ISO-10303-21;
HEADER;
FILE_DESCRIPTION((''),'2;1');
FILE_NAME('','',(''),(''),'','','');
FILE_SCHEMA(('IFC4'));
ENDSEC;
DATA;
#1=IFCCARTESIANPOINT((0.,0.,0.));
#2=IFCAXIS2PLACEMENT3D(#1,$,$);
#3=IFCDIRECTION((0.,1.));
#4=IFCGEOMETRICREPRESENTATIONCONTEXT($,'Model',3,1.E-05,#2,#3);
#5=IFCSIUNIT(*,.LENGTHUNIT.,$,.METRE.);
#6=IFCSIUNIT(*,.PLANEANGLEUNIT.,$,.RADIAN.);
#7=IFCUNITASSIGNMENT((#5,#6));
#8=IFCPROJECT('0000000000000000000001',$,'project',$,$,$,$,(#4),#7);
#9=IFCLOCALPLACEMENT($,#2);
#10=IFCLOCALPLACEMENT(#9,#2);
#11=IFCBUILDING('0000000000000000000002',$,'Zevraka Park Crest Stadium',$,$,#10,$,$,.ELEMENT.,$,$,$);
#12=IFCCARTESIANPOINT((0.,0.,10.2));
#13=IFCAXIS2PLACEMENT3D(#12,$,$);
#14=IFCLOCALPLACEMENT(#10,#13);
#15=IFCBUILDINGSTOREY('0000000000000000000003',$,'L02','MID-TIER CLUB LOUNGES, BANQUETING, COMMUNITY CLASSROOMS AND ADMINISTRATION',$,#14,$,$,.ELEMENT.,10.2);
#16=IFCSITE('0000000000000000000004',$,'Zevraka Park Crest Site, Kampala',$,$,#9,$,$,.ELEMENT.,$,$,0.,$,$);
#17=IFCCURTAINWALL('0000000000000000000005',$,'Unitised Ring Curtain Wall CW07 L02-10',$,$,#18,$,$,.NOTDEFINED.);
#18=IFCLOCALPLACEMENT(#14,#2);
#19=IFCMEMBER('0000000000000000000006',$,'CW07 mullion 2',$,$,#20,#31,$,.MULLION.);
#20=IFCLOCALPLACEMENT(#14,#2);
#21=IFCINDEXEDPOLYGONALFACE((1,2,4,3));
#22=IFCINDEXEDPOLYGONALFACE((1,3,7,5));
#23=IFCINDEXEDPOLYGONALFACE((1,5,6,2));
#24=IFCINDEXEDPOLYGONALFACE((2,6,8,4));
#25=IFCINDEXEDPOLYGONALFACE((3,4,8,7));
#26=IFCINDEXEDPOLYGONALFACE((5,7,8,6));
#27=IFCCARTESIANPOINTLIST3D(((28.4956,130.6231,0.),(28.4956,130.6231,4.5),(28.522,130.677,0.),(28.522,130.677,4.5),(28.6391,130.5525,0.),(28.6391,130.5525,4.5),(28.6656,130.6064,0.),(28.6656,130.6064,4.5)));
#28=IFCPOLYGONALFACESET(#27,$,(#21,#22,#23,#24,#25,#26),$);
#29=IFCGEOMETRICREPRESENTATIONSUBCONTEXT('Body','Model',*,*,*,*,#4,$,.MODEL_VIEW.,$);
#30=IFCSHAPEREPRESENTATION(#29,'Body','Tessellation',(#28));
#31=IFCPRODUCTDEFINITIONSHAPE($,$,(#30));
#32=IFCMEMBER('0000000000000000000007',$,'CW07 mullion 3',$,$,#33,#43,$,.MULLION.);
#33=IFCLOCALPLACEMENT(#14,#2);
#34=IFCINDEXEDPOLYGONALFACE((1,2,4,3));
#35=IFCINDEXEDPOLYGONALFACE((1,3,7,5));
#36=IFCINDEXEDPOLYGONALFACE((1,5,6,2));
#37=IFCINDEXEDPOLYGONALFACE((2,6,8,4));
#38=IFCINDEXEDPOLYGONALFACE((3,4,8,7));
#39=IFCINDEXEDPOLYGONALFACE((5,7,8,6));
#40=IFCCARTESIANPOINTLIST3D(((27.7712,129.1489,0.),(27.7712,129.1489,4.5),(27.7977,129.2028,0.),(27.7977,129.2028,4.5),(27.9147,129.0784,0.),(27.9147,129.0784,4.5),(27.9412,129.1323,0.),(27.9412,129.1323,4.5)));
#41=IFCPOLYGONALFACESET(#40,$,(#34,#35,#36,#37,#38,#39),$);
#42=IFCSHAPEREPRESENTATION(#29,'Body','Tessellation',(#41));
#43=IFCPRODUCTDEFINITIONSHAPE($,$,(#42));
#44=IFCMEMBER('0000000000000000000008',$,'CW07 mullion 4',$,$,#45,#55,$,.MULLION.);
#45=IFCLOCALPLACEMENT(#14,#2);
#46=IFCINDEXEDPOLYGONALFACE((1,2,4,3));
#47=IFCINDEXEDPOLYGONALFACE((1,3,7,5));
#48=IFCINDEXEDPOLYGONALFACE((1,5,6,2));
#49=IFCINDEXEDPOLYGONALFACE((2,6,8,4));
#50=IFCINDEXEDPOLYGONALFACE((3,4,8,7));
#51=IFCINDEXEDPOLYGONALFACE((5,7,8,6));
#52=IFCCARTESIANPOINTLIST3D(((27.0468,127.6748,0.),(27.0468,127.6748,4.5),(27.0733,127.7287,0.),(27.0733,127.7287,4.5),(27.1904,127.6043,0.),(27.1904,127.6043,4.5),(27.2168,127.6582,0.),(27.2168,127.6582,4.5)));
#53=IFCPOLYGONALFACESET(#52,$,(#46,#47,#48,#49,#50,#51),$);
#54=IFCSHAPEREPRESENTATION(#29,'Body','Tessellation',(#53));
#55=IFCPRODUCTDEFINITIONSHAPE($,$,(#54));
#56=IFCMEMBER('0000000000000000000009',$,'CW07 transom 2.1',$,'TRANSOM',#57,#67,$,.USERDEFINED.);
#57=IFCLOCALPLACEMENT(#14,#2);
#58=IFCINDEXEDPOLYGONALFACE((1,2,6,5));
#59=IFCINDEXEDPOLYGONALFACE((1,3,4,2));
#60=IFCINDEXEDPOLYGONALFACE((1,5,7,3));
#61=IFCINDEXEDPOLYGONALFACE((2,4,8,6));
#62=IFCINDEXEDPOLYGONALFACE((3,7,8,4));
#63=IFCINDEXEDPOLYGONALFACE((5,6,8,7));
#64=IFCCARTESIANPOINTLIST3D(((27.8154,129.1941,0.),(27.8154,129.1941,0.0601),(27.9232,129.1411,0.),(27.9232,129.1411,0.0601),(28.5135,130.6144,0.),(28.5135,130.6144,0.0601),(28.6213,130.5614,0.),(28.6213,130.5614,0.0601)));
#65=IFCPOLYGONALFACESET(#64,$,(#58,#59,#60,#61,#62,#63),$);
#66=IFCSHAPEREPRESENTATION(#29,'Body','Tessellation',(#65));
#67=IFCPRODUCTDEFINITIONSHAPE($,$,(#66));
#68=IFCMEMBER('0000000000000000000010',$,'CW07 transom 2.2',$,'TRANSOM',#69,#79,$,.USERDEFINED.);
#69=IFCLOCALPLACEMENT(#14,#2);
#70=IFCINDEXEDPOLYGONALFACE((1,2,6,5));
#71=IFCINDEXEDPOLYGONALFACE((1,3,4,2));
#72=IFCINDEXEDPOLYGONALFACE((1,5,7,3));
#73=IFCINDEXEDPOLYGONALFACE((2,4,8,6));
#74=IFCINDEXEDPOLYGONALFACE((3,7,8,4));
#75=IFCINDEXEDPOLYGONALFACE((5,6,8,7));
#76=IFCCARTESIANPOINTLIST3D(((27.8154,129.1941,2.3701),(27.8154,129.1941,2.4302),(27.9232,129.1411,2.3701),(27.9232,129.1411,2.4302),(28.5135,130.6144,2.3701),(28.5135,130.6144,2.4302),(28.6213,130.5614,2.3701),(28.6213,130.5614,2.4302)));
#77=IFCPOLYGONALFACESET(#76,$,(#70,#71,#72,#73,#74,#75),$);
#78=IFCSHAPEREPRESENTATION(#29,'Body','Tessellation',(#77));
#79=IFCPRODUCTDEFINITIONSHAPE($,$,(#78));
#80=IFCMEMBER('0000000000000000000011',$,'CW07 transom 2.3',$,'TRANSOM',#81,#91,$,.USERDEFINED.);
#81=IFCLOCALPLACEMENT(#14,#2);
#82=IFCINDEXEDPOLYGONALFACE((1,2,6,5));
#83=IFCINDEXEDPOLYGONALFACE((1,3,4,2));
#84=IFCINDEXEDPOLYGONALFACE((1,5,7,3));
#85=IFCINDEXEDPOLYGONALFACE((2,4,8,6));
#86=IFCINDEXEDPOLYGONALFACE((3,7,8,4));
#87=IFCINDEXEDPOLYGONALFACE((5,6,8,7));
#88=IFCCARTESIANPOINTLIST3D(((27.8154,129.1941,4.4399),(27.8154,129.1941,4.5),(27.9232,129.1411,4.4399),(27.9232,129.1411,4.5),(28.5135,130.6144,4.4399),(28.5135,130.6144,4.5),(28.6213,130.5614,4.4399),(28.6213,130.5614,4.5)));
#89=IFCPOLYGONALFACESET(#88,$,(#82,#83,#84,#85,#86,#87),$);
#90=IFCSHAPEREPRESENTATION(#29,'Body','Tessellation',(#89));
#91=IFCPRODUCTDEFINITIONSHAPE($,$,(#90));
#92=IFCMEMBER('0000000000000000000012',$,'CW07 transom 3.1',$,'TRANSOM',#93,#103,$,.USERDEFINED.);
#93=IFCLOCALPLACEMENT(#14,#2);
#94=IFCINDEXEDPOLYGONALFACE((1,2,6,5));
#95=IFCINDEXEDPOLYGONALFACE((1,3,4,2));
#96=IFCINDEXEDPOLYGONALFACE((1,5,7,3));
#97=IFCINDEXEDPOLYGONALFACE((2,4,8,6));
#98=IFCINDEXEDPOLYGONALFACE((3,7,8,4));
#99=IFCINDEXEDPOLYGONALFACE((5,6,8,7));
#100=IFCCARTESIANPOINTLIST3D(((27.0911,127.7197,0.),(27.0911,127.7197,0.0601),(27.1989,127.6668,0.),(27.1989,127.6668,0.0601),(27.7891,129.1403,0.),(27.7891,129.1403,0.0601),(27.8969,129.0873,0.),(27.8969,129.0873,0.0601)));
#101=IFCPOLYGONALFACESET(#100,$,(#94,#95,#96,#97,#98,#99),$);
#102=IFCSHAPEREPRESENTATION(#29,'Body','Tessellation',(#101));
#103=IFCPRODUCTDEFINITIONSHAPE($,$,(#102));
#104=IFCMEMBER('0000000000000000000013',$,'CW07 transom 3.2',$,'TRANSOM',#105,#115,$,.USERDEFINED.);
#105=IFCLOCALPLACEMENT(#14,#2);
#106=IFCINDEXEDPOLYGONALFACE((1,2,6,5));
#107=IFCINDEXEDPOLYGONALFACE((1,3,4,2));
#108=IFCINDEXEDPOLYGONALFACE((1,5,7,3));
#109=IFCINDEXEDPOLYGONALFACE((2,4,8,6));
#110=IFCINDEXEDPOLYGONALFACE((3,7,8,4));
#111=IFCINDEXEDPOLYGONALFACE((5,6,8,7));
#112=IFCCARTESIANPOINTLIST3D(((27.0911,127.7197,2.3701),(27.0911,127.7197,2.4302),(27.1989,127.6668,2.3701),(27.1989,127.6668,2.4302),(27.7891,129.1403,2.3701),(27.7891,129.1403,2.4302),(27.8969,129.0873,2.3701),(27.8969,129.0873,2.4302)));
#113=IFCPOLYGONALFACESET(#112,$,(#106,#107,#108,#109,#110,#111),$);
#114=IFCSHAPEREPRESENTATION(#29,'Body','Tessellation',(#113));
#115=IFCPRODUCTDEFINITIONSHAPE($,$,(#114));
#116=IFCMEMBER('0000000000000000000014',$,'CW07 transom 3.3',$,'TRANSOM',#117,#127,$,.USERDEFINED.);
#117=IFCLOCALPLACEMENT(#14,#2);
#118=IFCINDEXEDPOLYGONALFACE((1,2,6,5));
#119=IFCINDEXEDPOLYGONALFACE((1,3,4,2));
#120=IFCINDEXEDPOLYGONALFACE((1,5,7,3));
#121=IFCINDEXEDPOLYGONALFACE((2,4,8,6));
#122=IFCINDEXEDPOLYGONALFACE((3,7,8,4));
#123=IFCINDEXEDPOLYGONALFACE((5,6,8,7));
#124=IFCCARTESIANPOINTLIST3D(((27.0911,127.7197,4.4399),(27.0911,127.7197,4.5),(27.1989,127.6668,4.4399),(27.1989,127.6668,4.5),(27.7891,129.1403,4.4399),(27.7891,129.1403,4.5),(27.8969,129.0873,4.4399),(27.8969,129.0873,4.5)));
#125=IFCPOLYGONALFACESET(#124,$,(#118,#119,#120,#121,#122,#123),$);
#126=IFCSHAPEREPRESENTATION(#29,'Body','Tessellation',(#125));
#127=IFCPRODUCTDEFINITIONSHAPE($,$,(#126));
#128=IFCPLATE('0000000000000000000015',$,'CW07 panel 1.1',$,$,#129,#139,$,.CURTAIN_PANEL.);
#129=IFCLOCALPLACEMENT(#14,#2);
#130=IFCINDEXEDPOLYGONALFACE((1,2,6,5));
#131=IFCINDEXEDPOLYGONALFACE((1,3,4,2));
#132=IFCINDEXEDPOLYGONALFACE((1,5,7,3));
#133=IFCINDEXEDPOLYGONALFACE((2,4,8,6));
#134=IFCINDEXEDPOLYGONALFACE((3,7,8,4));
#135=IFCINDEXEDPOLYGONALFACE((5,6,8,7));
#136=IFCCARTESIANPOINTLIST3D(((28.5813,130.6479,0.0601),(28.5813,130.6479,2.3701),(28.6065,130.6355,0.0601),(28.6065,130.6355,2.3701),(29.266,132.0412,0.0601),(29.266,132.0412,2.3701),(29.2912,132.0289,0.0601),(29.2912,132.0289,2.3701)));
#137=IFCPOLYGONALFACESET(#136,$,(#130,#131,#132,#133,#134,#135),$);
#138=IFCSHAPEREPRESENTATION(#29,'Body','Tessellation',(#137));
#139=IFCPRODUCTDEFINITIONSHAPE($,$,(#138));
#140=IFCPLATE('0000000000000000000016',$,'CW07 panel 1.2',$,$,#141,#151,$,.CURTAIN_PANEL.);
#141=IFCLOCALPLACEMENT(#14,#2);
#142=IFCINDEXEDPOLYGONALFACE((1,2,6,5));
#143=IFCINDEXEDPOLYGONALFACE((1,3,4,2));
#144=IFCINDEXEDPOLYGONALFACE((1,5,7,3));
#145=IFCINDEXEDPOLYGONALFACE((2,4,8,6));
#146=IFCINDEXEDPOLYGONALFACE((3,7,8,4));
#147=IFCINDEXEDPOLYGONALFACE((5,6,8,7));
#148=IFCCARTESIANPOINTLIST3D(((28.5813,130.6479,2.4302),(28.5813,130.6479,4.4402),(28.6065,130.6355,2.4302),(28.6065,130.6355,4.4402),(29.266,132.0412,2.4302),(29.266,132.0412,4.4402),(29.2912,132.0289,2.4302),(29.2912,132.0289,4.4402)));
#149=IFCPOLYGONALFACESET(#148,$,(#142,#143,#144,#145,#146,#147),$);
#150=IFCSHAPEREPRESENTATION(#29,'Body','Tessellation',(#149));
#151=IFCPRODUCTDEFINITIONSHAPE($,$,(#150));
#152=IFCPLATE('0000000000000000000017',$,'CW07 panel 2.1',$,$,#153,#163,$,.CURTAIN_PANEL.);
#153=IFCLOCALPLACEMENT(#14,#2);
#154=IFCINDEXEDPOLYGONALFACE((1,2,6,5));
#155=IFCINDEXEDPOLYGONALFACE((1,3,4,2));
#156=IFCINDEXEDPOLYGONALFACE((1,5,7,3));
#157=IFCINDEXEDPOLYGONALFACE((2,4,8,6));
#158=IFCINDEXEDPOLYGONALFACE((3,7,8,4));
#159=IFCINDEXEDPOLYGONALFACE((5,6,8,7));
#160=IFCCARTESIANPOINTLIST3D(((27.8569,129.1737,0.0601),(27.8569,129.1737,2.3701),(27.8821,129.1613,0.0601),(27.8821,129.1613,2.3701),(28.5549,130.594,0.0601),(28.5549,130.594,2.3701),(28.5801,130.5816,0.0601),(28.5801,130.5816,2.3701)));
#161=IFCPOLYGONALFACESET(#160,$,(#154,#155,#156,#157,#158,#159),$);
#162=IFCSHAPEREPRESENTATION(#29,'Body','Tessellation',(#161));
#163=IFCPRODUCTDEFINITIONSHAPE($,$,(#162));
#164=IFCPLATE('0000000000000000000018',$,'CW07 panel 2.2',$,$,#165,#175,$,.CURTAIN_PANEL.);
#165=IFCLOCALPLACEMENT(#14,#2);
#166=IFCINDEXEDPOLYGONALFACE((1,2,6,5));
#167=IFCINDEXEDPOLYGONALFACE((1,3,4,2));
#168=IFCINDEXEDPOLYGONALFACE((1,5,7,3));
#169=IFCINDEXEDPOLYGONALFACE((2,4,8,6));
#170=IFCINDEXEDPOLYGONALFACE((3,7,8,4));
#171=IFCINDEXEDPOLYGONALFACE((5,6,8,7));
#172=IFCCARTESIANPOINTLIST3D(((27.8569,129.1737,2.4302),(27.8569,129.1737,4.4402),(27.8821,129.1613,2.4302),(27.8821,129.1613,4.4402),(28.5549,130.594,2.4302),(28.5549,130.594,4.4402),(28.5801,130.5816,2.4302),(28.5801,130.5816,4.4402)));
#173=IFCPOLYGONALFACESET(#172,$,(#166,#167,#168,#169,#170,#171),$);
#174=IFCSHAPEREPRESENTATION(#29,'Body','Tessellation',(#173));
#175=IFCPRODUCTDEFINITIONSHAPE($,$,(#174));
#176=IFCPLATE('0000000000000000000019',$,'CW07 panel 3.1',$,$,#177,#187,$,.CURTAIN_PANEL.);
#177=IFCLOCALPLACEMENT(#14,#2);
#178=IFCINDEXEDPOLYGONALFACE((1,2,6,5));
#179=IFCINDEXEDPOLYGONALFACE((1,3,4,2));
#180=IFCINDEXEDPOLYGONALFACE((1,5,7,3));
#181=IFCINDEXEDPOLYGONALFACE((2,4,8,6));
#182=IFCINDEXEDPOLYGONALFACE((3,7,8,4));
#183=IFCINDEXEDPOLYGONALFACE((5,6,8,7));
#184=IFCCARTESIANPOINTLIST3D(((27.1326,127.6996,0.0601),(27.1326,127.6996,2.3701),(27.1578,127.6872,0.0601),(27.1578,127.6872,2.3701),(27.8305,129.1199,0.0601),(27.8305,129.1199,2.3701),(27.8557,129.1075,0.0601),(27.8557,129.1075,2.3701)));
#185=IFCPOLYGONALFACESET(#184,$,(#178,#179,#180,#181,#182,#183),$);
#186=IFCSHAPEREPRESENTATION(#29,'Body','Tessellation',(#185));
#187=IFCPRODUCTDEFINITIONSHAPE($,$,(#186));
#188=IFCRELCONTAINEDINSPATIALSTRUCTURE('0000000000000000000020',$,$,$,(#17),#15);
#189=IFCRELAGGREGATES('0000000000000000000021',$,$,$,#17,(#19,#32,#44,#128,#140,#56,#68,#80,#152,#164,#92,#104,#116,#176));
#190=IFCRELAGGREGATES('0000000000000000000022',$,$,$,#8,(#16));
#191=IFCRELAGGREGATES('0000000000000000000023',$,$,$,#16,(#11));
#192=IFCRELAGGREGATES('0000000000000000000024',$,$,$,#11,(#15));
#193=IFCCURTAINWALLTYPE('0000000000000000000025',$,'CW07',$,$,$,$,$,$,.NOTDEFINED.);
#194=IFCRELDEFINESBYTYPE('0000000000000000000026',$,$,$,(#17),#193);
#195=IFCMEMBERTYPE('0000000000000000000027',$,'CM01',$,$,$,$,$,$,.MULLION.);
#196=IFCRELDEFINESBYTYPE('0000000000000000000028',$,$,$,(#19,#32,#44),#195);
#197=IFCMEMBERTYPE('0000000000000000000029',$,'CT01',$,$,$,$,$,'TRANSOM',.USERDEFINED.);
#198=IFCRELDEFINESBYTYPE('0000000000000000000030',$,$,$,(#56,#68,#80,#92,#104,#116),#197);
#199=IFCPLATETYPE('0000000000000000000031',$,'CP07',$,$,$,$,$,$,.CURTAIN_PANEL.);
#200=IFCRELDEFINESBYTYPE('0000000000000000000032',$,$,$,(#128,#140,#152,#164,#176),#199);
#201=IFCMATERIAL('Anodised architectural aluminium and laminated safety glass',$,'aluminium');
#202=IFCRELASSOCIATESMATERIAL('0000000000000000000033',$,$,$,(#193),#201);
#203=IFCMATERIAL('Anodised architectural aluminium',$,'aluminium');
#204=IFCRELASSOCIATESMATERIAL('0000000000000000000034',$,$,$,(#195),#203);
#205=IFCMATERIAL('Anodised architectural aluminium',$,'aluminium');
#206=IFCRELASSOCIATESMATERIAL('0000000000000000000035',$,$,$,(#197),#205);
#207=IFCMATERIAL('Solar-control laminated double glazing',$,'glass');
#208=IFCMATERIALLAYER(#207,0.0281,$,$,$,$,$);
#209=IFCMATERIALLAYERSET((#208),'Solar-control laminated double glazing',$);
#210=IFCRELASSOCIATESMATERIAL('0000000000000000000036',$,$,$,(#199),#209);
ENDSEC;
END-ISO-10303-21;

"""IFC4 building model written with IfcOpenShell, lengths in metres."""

from ifc_helpers import new_model, si_unit, direction, frame, origin, origin_2d, place, context, subcontext, project, spatial, rectangle, extrude, material, layer, layer_set, material_profile, profile_set, type_object, element, aggregate, save


model = new_model("IFC4")

# Units and contexts
model_context = context("Model", 3, precision=1e-05, world=origin(), true_north=direction((0.0, 1.0)))
body_context = subcontext(model_context, "Body", "Model", "MODEL_VIEW")
ifc_project = project(units=[si_unit("LENGTHUNIT", "METRE"), si_unit("PLANEANGLEUNIT", "RADIAN")], contexts=[model_context])

# Site, building, storey
site_placement = place(None, origin())
site = spatial("IfcSite", under=ifc_project, at=site_placement, Name="Zevraka Park Crest Site, Kampala", CompositionType="ELEMENT", RefElevation=0.0)
building_placement = place(site_placement, origin())
building = spatial("IfcBuilding", under=site, at=building_placement, Name="Zevraka Park Crest Stadium", CompositionType="ELEMENT")
storey_placement = place(building_placement, frame((0.0, 0.0, 10.2)))
storey = spatial("IfcBuildingStorey", under=building, at=storey_placement, Name="L02", Description="MID-TIER CLUB LOUNGES, BANQUETING, COMMUNITY CLASSROOMS AND ADMINISTRATION", CompositionType="ELEMENT", Elevation=10.2)

# Curtain wall, members, plates
ifc_material_1 = material(Name="Anodised architectural aluminium and laminated safety glass", Category="aluminium")
curtain_wall_type = type_object("IfcCurtainWallType", Name="CW07", PredefinedType="NOTDEFINED", material=ifc_material_1)
curtain_wall_placement = place(storey_placement, origin())
curtain_wall = element("IfcCurtainWall", 1, at=curtain_wall_placement, inside=storey, type_object=curtain_wall_type, Name="Unitised Ring Curtain Wall CW07 L02-10", PredefinedType="NOTDEFINED")
ifc_material_2 = material(Name="Anodised architectural aluminium", Category="aluminium")
ifc_material_profile_1 = material_profile(ifc_material_2, rectangle(XDim=0.1599, YDim=0.0601, at=origin_2d()), Name="ALU MULLION 160x60")
ifc_profile_set_1 = profile_set([ifc_material_profile_1], Name="Anodised architectural aluminium")
member_type_1 = type_object("IfcMemberType", Name="CM01", PredefinedType="MULLION", material=ifc_profile_set_1)
member_1_placement = place(storey_placement, frame((28.5806, 130.6147, 0.0), z_axis=(0.0, 0.0, 1.0), x_axis=(0.897497, -0.441021, 0.0)))
member_1 = element("IfcMember", 2, at=member_1_placement, type_object=member_type_1, Name="CW07 mullion 2", PredefinedType="MULLION", context=body_context, shape_type="SweptSolid", body=[
    extrude(rectangle(XDim=0.1599, YDim=0.0601, at=origin_2d()), origin(), (0.0, 0.0, 1.0), 4.5),
])
member_2_placement = place(storey_placement, frame((27.8562, 129.1406, 0.0), z_axis=(0.0, 0.0, 1.0), x_axis=(0.897497, -0.441021, 0.0)))
member_2 = element("IfcMember", 3, at=member_2_placement, type_object=member_type_1, Name="CW07 mullion 3", PredefinedType="MULLION", context=body_context, shape_type="SweptSolid", body=[
    extrude(rectangle(XDim=0.1599, YDim=0.0601, at=origin_2d()), origin(), (0.0, 0.0, 1.0), 4.5),
])
member_3_placement = place(storey_placement, frame((27.1318, 127.6665, 0.0), z_axis=(0.0, 0.0, 1.0), x_axis=(0.897497, -0.441021, 0.0)))
member_3 = element("IfcMember", 4, at=member_3_placement, type_object=member_type_1, Name="CW07 mullion 4", PredefinedType="MULLION", context=body_context, shape_type="SweptSolid", body=[
    extrude(rectangle(XDim=0.1599, YDim=0.0601, at=origin_2d()), origin(), (0.0, 0.0, 1.0), 4.5),
])
ifc_material_3 = material(Name="Anodised architectural aluminium", Category="aluminium")
ifc_material_profile_2 = material_profile(ifc_material_3, rectangle(XDim=0.1201, YDim=0.0601, at=origin_2d()), Name="ALU TRANSOM 120x60")
ifc_profile_set_2 = profile_set([ifc_material_profile_2], Name="Anodised architectural aluminium")
member_type_2 = type_object("IfcMemberType", Name="CT01", ElementType="TRANSOM", PredefinedType="USERDEFINED", material=ifc_profile_set_2)
member_4_placement = place(storey_placement, frame((28.5674, 130.5879, 0.03), z_axis=(-0.441094, -0.897461, 0.0), x_axis=(0.897461, -0.441094, 0.0)))
member_4 = element("IfcMember", 5, at=member_4_placement, type_object=member_type_2, Name="CW07 transom 2.1", ObjectType="TRANSOM", PredefinedType="USERDEFINED", context=body_context, shape_type="SweptSolid", body=[
    extrude(rectangle(XDim=0.1201, YDim=0.0601, at=origin_2d()), origin(), (0.0, 0.0, 1.0), 1.5825),
])
member_5_placement = place(storey_placement, frame((28.5674, 130.5879, 2.4001), z_axis=(-0.441094, -0.897461, 0.0), x_axis=(0.897461, -0.441094, 0.0)))
member_5 = element("IfcMember", 6, at=member_5_placement, type_object=member_type_2, Name="CW07 transom 2.2", ObjectType="TRANSOM", PredefinedType="USERDEFINED", context=body_context, shape_type="SweptSolid", body=[
    extrude(rectangle(XDim=0.1201, YDim=0.0601, at=origin_2d()), origin(), (0.0, 0.0, 1.0), 1.5825),
])
member_6_placement = place(storey_placement, frame((28.5674, 130.5879, 4.47), z_axis=(-0.441094, -0.897461, 0.0), x_axis=(0.897461, -0.441094, 0.0)))
member_6 = element("IfcMember", 7, at=member_6_placement, type_object=member_type_2, Name="CW07 transom 2.3", ObjectType="TRANSOM", PredefinedType="USERDEFINED", context=body_context, shape_type="SweptSolid", body=[
    extrude(rectangle(XDim=0.1201, YDim=0.0601, at=origin_2d()), origin(), (0.0, 0.0, 1.0), 1.5825),
])
member_7_placement = place(storey_placement, frame((27.843, 129.1138, 0.03), z_axis=(-0.441033, -0.897491, 0.0), x_axis=(0.897491, -0.441033, 0.0)))
member_7 = element("IfcMember", 8, at=member_7_placement, type_object=member_type_2, Name="CW07 transom 3.1", ObjectType="TRANSOM", PredefinedType="USERDEFINED", context=body_context, shape_type="SweptSolid", body=[
    extrude(rectangle(XDim=0.1201, YDim=0.0601, at=origin_2d()), origin(), (0.0, 0.0, 1.0), 1.5828),
])
member_8_placement = place(storey_placement, frame((27.843, 129.1138, 2.4001), z_axis=(-0.441033, -0.897491, 0.0), x_axis=(0.897491, -0.441033, 0.0)))
member_8 = element("IfcMember", 9, at=member_8_placement, type_object=member_type_2, Name="CW07 transom 3.2", ObjectType="TRANSOM", PredefinedType="USERDEFINED", context=body_context, shape_type="SweptSolid", body=[
    extrude(rectangle(XDim=0.1201, YDim=0.0601, at=origin_2d()), origin(), (0.0, 0.0, 1.0), 1.5828),
])
member_9_placement = place(storey_placement, frame((27.843, 129.1138, 4.47), z_axis=(-0.441033, -0.897491, 0.0), x_axis=(0.897491, -0.441033, 0.0)))
member_9 = element("IfcMember", 10, at=member_9_placement, type_object=member_type_2, Name="CW07 transom 3.3", ObjectType="TRANSOM", PredefinedType="USERDEFINED", context=body_context, shape_type="SweptSolid", body=[
    extrude(rectangle(XDim=0.1201, YDim=0.0601, at=origin_2d()), origin(), (0.0, 0.0, 1.0), 1.5828),
])
ifc_material_4 = material(Name="Solar-control laminated double glazing", Category="glass")
ifc_layer_1 = layer(ifc_material_4, 0.0281)
ifc_layer_set_1 = layer_set([ifc_layer_1], Name="Solar-control laminated double glazing")
plate_type = type_object("IfcPlateType", Name="CP07", PredefinedType="CURTAIN_PANEL", material=ifc_layer_set_1)
plate_1_placement = place(storey_placement, frame((28.9363, 131.3384, 0.0601), z_axis=(0.0, 0.0, 1.0), x_axis=(-0.441021, -0.897497, 0.0)))
plate_1 = element("IfcPlate", 11, at=plate_1_placement, type_object=plate_type, Name="CW07 panel 1.1", PredefinedType="CURTAIN_PANEL", context=body_context, shape_type="SweptSolid", body=[
    extrude(rectangle(XDim=1.5525, YDim=0.0281, at=origin_2d()), origin(), (0.0, 0.0, 1.0), 2.3101),
])
plate_2_placement = place(storey_placement, frame((28.9363, 131.3384, 2.4302), z_axis=(0.0, 0.0, 1.0), x_axis=(-0.441021, -0.897497, 0.0)))
plate_2 = element("IfcPlate", 12, at=plate_2_placement, type_object=plate_type, Name="CW07 panel 1.2", PredefinedType="CURTAIN_PANEL", context=body_context, shape_type="SweptSolid", body=[
    extrude(rectangle(XDim=1.5525, YDim=0.0281, at=origin_2d()), origin(), (0.0, 0.0, 1.0), 2.01),
])
plate_3_placement = place(storey_placement, frame((28.2185, 129.8777, 0.0601), z_axis=(0.0, 0.0, 1.0), x_axis=(-0.441021, -0.897497, 0.0)))
plate_3 = element("IfcPlate", 13, at=plate_3_placement, type_object=plate_type, Name="CW07 panel 2.1", PredefinedType="CURTAIN_PANEL", context=body_context, shape_type="SweptSolid", body=[
    extrude(rectangle(XDim=1.5825, YDim=0.0281, at=origin_2d()), origin(), (0.0, 0.0, 1.0), 2.3101),
])
plate_4_placement = place(storey_placement, frame((28.2185, 129.8777, 2.4302), z_axis=(0.0, 0.0, 1.0), x_axis=(-0.441021, -0.897497, 0.0)))
plate_4 = element("IfcPlate", 14, at=plate_4_placement, type_object=plate_type, Name="CW07 panel 2.2", PredefinedType="CURTAIN_PANEL", context=body_context, shape_type="SweptSolid", body=[
    extrude(rectangle(XDim=1.5825, YDim=0.0281, at=origin_2d()), origin(), (0.0, 0.0, 1.0), 2.01),
])
plate_5_placement = place(storey_placement, frame((27.4941, 128.4036, 0.0601), z_axis=(0.0, 0.0, 1.0), x_axis=(-0.441021, -0.897497, 0.0)))
plate_5 = element("IfcPlate", 15, at=plate_5_placement, type_object=plate_type, Name="CW07 panel 3.1", PredefinedType="CURTAIN_PANEL", context=body_context, shape_type="SweptSolid", body=[
    extrude(rectangle(XDim=1.5825, YDim=0.0281, at=origin_2d()), origin(), (0.0, 0.0, 1.0), 2.3101),
])
aggregate(curtain_wall, [member_1, member_2, member_3, plate_1, plate_2, member_4, member_5, member_6, plate_3, plate_4, member_7, member_8, member_9, plate_5])

save(model, "model.ifc")
